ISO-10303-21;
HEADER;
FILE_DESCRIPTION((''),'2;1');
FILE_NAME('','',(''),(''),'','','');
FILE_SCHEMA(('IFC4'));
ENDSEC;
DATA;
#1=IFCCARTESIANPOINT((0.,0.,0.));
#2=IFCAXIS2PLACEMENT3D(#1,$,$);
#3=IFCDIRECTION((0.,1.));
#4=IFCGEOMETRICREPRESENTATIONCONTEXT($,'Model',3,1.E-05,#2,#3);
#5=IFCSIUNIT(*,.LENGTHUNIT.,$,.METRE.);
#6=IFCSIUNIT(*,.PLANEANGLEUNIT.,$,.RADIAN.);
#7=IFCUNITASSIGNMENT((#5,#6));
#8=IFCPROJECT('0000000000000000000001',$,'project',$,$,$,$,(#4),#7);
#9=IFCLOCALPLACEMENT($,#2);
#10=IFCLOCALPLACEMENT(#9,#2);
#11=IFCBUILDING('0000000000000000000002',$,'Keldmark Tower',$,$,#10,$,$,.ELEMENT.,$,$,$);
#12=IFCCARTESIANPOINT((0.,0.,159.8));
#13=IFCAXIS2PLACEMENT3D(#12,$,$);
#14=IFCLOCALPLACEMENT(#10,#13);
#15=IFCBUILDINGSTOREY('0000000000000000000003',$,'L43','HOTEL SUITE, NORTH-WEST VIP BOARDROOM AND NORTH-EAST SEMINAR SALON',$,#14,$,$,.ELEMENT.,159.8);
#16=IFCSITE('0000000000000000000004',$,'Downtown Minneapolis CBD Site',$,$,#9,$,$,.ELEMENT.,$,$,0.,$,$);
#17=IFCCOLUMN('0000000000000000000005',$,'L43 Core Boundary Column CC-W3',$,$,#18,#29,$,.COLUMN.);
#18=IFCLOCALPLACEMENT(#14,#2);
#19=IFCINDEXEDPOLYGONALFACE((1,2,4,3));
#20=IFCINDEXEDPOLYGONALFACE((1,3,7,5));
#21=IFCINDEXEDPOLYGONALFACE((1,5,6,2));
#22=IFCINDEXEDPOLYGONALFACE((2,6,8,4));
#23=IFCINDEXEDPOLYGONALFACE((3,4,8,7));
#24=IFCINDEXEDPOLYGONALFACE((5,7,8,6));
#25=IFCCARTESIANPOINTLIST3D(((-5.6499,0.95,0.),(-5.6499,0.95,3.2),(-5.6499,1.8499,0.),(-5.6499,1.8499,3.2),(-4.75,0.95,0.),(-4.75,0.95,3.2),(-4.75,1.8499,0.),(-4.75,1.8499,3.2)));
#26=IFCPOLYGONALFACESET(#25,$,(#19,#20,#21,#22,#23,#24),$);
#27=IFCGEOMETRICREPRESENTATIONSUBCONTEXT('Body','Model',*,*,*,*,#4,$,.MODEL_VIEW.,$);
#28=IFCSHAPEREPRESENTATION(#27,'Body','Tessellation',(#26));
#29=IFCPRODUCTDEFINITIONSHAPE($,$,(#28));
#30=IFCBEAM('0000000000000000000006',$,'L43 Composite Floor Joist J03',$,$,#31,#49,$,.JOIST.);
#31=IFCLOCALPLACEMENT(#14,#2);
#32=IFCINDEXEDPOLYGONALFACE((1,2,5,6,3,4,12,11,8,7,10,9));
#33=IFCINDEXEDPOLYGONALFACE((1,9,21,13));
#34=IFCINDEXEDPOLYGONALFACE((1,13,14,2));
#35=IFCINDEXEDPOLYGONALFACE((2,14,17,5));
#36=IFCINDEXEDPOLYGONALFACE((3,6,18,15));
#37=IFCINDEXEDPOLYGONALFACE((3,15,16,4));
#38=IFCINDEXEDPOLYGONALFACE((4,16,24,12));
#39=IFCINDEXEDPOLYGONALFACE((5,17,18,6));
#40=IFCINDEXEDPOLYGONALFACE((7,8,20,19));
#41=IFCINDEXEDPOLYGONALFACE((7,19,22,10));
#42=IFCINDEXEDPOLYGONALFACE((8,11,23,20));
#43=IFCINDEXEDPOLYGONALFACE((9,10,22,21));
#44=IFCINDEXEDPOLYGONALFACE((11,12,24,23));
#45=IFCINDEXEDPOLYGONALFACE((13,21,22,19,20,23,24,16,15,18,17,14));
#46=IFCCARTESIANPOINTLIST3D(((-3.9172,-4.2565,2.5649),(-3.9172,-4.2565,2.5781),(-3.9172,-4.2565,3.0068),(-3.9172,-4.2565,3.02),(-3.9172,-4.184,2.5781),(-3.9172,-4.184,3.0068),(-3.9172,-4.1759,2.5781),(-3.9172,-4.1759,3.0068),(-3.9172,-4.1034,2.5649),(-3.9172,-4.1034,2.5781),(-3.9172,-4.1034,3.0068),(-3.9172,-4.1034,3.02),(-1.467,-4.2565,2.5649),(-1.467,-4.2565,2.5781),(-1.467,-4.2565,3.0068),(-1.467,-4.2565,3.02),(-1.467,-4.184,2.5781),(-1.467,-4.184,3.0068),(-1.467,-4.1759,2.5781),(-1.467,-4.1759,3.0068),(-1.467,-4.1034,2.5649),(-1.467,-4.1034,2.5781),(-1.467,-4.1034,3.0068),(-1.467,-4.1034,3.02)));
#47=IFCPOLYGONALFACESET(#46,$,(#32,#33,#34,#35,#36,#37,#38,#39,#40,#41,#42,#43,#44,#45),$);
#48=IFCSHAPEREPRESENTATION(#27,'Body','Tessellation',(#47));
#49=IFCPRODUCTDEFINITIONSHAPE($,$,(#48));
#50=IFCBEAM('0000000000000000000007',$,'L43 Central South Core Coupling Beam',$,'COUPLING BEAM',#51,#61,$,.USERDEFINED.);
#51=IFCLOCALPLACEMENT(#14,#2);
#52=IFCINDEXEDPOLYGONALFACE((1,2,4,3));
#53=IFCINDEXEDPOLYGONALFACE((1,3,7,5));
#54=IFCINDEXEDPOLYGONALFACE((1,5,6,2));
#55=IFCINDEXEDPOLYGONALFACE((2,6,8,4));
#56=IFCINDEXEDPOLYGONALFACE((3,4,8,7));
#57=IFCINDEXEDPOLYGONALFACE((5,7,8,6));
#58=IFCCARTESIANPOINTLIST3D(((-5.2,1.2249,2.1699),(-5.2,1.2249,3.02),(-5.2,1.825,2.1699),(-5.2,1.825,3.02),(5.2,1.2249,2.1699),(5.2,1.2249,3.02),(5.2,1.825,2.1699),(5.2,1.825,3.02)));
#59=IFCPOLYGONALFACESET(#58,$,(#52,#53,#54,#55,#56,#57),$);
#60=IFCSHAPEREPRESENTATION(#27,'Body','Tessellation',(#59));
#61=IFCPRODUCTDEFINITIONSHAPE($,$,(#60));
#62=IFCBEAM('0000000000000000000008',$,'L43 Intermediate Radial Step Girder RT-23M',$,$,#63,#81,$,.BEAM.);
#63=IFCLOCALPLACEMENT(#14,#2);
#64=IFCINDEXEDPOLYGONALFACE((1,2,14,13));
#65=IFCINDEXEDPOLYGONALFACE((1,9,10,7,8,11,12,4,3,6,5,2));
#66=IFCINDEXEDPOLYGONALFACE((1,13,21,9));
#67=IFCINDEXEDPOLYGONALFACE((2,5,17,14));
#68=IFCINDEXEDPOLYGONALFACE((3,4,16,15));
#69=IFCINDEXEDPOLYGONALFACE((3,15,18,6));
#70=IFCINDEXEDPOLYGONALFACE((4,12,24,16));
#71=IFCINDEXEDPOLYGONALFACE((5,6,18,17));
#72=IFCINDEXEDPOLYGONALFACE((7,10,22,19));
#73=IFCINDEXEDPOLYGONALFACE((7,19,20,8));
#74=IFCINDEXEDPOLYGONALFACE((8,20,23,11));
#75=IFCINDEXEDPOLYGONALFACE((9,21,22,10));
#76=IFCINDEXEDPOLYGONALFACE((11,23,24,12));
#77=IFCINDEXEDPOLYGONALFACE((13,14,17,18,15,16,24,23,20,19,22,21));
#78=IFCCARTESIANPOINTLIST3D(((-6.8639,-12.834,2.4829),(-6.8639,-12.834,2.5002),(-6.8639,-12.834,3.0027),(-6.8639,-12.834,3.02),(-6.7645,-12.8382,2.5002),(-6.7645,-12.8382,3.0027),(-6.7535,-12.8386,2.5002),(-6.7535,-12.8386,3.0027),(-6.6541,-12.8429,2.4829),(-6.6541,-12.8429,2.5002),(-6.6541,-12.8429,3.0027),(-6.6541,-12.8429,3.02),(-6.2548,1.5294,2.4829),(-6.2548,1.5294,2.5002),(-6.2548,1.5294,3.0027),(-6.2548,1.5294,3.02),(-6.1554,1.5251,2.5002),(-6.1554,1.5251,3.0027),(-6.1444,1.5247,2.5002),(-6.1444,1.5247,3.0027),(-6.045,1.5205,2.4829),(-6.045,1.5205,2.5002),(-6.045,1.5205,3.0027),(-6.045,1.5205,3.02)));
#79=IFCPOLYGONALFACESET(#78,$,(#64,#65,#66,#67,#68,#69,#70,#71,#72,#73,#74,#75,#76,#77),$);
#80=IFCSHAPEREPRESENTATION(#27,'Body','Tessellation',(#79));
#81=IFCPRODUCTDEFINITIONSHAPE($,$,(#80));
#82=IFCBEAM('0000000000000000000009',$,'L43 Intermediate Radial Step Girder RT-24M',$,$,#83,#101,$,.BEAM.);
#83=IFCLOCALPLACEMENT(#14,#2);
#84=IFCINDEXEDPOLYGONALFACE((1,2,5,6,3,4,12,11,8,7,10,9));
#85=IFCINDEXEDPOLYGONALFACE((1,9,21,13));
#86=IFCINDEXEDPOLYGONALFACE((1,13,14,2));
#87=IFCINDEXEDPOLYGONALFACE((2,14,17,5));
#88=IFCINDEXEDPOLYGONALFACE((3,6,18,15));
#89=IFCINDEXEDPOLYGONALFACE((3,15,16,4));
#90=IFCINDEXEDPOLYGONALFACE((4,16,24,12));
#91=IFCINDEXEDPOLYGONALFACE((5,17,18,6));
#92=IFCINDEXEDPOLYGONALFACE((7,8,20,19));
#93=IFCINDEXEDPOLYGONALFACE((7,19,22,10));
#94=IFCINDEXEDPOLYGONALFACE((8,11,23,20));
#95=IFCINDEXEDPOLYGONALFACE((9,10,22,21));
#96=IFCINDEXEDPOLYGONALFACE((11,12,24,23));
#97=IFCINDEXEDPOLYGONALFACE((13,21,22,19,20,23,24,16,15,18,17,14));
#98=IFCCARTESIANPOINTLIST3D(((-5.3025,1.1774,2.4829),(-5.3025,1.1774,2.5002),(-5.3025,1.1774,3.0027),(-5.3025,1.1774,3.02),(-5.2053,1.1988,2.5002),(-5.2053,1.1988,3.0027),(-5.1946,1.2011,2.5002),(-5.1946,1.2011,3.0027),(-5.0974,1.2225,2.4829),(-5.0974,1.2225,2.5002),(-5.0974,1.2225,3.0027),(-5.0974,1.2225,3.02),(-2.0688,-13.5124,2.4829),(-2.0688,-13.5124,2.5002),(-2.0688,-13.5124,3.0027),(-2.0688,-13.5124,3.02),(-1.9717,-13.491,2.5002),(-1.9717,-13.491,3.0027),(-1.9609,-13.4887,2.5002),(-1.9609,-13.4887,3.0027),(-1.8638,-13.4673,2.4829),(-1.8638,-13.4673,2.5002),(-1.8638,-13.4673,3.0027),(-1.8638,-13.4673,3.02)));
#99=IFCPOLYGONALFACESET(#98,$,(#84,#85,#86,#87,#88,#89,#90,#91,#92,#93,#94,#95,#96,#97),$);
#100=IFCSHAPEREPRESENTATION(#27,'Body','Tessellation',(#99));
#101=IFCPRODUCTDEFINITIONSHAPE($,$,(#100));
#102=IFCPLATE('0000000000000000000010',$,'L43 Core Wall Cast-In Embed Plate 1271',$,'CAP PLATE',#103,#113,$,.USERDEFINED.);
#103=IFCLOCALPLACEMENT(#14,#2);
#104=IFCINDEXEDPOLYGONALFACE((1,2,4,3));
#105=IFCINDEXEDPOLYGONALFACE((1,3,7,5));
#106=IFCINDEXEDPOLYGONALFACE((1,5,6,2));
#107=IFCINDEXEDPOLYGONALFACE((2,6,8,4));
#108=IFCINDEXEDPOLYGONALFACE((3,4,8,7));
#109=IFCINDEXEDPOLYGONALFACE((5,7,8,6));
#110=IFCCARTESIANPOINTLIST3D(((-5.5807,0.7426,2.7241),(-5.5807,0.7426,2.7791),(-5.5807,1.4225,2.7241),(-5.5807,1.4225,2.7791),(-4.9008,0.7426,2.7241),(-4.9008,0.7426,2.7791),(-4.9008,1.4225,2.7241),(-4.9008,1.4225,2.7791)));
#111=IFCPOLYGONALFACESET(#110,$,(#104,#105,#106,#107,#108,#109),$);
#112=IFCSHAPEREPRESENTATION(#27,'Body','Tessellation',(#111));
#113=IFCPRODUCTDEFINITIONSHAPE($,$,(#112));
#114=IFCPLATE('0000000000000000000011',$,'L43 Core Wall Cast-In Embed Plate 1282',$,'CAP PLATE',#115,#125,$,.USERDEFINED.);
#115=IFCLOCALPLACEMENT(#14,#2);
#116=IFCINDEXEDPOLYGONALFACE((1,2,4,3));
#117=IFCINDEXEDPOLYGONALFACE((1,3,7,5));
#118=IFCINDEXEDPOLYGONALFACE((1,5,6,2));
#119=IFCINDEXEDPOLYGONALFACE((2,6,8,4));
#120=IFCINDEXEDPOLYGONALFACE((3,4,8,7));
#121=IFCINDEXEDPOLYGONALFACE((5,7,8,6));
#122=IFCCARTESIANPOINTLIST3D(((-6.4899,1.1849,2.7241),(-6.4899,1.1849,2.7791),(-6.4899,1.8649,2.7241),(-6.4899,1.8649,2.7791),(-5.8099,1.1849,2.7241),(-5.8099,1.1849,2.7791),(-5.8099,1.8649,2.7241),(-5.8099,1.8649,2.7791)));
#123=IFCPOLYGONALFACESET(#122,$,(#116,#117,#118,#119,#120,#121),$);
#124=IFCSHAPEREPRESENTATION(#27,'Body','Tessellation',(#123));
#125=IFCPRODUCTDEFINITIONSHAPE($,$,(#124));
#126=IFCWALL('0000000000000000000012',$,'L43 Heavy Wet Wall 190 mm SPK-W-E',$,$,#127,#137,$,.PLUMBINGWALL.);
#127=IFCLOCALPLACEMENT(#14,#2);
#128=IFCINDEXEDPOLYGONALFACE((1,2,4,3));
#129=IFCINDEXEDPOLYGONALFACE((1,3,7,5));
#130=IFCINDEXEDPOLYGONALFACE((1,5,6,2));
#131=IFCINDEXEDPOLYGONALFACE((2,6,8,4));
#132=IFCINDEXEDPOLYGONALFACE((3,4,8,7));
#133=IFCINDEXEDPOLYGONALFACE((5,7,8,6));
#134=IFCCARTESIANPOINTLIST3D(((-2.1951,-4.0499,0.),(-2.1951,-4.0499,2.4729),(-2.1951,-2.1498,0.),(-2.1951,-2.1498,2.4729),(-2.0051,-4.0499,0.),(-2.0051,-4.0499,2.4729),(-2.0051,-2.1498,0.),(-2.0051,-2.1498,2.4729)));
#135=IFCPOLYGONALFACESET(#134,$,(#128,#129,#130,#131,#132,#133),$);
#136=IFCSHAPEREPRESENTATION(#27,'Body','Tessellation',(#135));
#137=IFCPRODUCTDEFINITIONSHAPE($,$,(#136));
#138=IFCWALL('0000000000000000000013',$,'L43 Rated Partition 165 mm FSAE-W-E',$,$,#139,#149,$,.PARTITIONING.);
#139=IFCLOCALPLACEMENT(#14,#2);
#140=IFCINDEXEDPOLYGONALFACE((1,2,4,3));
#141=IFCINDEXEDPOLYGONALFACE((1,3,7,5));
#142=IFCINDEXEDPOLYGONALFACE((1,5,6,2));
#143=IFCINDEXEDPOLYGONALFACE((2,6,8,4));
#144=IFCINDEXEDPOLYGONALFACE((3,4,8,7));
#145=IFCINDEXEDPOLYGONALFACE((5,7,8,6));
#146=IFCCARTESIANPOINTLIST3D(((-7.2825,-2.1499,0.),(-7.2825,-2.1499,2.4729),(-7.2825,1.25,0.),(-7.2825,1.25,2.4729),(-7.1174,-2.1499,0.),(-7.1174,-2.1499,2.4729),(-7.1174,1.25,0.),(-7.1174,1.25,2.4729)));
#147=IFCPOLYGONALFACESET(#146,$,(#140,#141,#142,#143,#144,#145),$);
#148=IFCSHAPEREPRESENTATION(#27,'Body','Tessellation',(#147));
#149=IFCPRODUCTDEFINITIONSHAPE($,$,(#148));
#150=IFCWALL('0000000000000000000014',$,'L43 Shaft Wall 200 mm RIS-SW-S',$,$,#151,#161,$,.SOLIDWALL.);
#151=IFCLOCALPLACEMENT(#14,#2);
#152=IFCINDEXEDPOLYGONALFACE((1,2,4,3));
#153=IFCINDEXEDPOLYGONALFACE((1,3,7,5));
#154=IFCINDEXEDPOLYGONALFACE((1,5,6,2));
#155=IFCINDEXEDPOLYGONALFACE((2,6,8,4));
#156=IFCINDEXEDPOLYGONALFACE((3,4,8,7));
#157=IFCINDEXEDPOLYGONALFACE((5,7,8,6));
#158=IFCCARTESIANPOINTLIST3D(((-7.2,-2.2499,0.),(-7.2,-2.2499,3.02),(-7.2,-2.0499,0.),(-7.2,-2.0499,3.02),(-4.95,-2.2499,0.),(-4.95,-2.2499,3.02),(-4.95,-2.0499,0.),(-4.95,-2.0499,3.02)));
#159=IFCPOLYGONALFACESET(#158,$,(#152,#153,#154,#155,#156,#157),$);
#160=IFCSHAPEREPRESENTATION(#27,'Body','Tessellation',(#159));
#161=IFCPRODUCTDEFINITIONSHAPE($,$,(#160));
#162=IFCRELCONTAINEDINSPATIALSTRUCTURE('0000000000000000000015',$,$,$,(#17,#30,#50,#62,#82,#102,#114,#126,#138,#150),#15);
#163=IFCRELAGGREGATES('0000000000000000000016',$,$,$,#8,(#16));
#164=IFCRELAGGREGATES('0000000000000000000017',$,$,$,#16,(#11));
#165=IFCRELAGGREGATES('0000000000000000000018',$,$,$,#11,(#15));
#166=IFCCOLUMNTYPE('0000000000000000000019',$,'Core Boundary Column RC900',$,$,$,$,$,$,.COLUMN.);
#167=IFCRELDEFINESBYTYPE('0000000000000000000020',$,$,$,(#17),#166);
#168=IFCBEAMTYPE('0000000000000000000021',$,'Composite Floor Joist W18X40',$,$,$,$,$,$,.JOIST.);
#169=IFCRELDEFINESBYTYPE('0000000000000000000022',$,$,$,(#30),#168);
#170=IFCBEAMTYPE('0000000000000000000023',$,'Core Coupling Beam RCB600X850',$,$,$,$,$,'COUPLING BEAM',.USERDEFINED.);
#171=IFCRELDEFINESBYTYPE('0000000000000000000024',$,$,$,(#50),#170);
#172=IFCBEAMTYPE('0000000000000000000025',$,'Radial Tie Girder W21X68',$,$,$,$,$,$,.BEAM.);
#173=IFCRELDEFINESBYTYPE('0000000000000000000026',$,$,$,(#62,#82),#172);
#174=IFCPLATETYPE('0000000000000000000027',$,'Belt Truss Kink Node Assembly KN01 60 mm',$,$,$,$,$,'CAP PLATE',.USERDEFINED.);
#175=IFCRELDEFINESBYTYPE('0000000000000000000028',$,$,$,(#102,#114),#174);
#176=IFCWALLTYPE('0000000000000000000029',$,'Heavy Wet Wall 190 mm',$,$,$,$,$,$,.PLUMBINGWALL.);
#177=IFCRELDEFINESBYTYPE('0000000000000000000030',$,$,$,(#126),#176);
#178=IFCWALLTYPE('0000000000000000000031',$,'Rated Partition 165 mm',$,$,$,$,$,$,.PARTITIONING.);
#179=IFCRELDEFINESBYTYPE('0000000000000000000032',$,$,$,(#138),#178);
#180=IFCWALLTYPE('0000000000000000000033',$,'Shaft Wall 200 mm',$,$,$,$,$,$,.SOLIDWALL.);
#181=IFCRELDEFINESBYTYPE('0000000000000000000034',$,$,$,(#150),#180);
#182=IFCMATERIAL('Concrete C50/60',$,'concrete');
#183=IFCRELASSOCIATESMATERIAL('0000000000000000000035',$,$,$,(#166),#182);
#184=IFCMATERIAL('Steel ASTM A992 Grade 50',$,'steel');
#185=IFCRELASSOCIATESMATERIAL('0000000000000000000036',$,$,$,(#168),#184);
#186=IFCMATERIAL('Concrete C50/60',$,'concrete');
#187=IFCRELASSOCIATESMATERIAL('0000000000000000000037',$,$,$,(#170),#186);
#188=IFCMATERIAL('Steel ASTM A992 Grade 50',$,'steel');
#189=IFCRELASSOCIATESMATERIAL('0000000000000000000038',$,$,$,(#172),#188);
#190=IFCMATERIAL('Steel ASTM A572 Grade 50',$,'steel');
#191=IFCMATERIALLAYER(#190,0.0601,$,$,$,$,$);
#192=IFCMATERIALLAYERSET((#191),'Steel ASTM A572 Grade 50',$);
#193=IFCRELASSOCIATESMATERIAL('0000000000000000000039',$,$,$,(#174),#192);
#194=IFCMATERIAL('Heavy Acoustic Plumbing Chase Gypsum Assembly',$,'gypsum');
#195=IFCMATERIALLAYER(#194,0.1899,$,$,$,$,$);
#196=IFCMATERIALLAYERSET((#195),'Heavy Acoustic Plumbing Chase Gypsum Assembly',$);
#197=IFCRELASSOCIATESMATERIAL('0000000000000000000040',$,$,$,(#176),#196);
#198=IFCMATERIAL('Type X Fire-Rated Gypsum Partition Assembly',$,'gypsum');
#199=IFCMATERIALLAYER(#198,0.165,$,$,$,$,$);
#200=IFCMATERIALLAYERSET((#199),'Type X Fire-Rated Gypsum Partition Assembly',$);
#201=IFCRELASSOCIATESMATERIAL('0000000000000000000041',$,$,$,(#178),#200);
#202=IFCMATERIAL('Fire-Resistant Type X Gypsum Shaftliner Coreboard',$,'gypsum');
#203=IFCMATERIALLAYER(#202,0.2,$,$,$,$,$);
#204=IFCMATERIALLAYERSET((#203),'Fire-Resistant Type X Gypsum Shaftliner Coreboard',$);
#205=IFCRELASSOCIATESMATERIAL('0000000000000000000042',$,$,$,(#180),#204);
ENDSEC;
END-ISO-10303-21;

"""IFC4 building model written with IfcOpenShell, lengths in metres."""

from ifc_helpers import new_model, si_unit, direction, frame, frame_2d, origin, origin_2d, place, context, subcontext, project, spatial, rectangle, i_section, extrude, material, layer, layer_set, material_profile, profile_set, type_object, element, save


model = new_model("IFC4")

# Units and contexts
model_context = context("Model", 3, precision=1e-05, world=origin(), true_north=direction((0.0, 1.0)))
body_context = subcontext(model_context, "Body", "Model", "MODEL_VIEW")
ifc_project = project(units=[si_unit("LENGTHUNIT", "METRE"), si_unit("PLANEANGLEUNIT", "RADIAN")], contexts=[model_context])

# Site, building, storey
site_placement = place(None, origin())
site = spatial("IfcSite", under=ifc_project, at=site_placement, Name="Downtown Minneapolis CBD Site", CompositionType="ELEMENT", RefElevation=0.0)
building_placement = place(site_placement, origin())
building = spatial("IfcBuilding", under=site, at=building_placement, Name="Keldmark Tower", CompositionType="ELEMENT")
storey_placement = place(building_placement, frame((0.0, 0.0, 159.8)))
storey = spatial("IfcBuildingStorey", under=building, at=storey_placement, Name="L43", Description="HOTEL SUITE, NORTH-WEST VIP BOARDROOM AND NORTH-EAST SEMINAR SALON", CompositionType="ELEMENT", Elevation=159.8)

# Column
ifc_material_1 = material(Name="Concrete C50/60", Category="concrete")
ifc_material_profile_1 = material_profile(ifc_material_1, rectangle(XDim=0.8999, YDim=0.8999, at=origin_2d()), Name="RC900X900")
ifc_profile_set_1 = profile_set([ifc_material_profile_1], Name="Concrete C50/60")
column_type = type_object("IfcColumnType", Name="Core Boundary Column RC900", PredefinedType="COLUMN", material=ifc_profile_set_1)
column_placement = place(storey_placement, frame((-5.2, 1.3999, 0.0), z_axis=(0.0, 0.0, 1.0), x_axis=(1.0, 0.0, 0.0)))
element("IfcColumn", 1, at=column_placement, inside=storey, type_object=column_type, Name="L43 Core Boundary Column CC-W3", PredefinedType="COLUMN", context=body_context, shape_type="SweptSolid", body=[
    extrude(rectangle(XDim=0.8999, YDim=0.8999, at=origin_2d()), origin(), (0.0, 0.0, 1.0), 3.2),
])

# Beams
ifc_material_2 = material(Name="Steel ASTM A992 Grade 50", Category="steel")
ifc_material_profile_2 = material_profile(ifc_material_2, i_section(OverallWidth=0.1531, OverallDepth=0.4551, WebThickness=0.0081, FlangeThickness=0.0132, at=origin_2d()), Name="W18X40")
ifc_profile_set_2 = profile_set([ifc_material_profile_2], Name="Steel ASTM A992 Grade 50")
beam_type_1 = type_object("IfcBeamType", Name="Composite Floor Joist W18X40", PredefinedType="JOIST", material=ifc_profile_set_2)
beam_1_placement = place(storey_placement, frame((-3.9172, -4.1799, 2.7925), z_axis=(1.0, 0.0, 0.0), x_axis=(0.0, 1.0, 0.0)))
element("IfcBeam", 2, at=beam_1_placement, inside=storey, type_object=beam_type_1, Name="L43 Composite Floor Joist J03", PredefinedType="JOIST", context=body_context, shape_type="SweptSolid", body=[
    extrude(i_section(OverallWidth=0.1531, OverallDepth=0.4551, WebThickness=0.0081, FlangeThickness=0.0132, at=origin_2d()), origin(), (0.0, 0.0, 1.0), 2.4502),
])
ifc_material_3 = material(Name="Concrete C50/60", Category="concrete")
ifc_material_profile_3 = material_profile(ifc_material_3, rectangle(XDim=0.6001, YDim=0.8501, at=origin_2d()), Name="RCB600X850")
ifc_profile_set_3 = profile_set([ifc_material_profile_3], Name="Concrete C50/60")
beam_type_2 = type_object("IfcBeamType", Name="Core Coupling Beam RCB600X850", ElementType="COUPLING BEAM", PredefinedType="USERDEFINED", material=ifc_profile_set_3)
beam_2_placement = place(storey_placement, frame((-5.2, 1.5249, 2.595), z_axis=(1.0, 0.0, 0.0), x_axis=(0.0, 1.0, 0.0)))
element("IfcBeam", 3, at=beam_2_placement, inside=storey, type_object=beam_type_2, Name="L43 Central South Core Coupling Beam", ObjectType="COUPLING BEAM", PredefinedType="USERDEFINED", context=body_context, shape_type="SweptSolid", body=[
    extrude(rectangle(XDim=0.6001, YDim=0.8501, at=origin_2d()), origin(), (0.0, 0.0, 1.0), 10.3999),
])
ifc_material_4 = material(Name="Steel ASTM A992 Grade 50", Category="steel")
ifc_material_profile_4 = material_profile(ifc_material_4, i_section(OverallWidth=0.21, OverallDepth=0.5371, WebThickness=0.011, FlangeThickness=0.0173, at=origin_2d()), Name="W21X68")
ifc_profile_set_4 = profile_set([ifc_material_profile_4], Name="Steel ASTM A992 Grade 50")
beam_type_3 = type_object("IfcBeamType", Name="Radial Tie Girder W21X68", PredefinedType="BEAM", material=ifc_profile_set_4)
beam_3_placement = place(storey_placement, frame((-6.1499, 1.5249, 2.7515), z_axis=(-0.042371, -0.999102, 0.0), x_axis=(0.999102, -0.042371, 0.0)))
element("IfcBeam", 4, at=beam_3_placement, inside=storey, type_object=beam_type_3, Name="L43 Intermediate Radial Step Girder RT-23M", PredefinedType="BEAM", context=body_context, shape_type="SweptSolid", body=[
    extrude(i_section(OverallWidth=0.21, OverallDepth=0.5371, WebThickness=0.011, FlangeThickness=0.0173, at=origin_2d()), origin(), (0.0, 0.0, 1.0), 14.3762),
])
beam_4_placement = place(storey_placement, frame((-5.2, 1.2, 2.7515), z_axis=(0.214983, -0.976618, 0.0), x_axis=(0.976618, 0.214983, 0.0)))
element("IfcBeam", 5, at=beam_4_placement, inside=storey, type_object=beam_type_3, Name="L43 Intermediate Radial Step Girder RT-24M", PredefinedType="BEAM", context=body_context, shape_type="SweptSolid", body=[
    extrude(i_section(OverallWidth=0.21, OverallDepth=0.5371, WebThickness=0.011, FlangeThickness=0.0173, at=origin_2d()), origin(), (0.0, 0.0, 1.0), 15.0415),
])

# Plates
ifc_material_5 = material(Name="Steel ASTM A572 Grade 50", Category="steel")
ifc_layer_1 = layer(ifc_material_5, 0.0601)
ifc_layer_set_1 = layer_set([ifc_layer_1], Name="Steel ASTM A572 Grade 50")
plate_type = type_object("IfcPlateType", Name="Belt Truss Kink Node Assembly KN01 60 mm", ElementType="CAP PLATE", PredefinedType="USERDEFINED", material=ifc_layer_set_1)
for number, where, z_axis, x_axis, name in (
    (6, (-5.2407, 1.0825, 2.7241), (0.0, 0.0, 1.0), (1.0, 0.0, 0.0), "L43 Core Wall Cast-In Embed Plate 1271"),
    (7, (-6.1499, 1.5249, 2.7241), (0.0, 0.0, 1.0), (1.0, 0.0, 0.0), "L43 Core Wall Cast-In Embed Plate 1282"),
):
    element("IfcPlate", number, at=place(storey_placement, frame(where, z_axis=z_axis, x_axis=x_axis)), inside=storey, type_object=plate_type, Name=name, ObjectType="CAP PLATE", PredefinedType="USERDEFINED", context=body_context, shape_type="SweptSolid", body=[
        extrude(rectangle(XDim=0.6799, YDim=0.6799, at=origin_2d()), origin(), (0.0, 0.0, 1.0), 0.0549),
    ])

# Walls
ifc_material_6 = material(Name="Heavy Acoustic Plumbing Chase Gypsum Assembly", Category="gypsum")
ifc_layer_2 = layer(ifc_material_6, 0.1899)
ifc_layer_set_2 = layer_set([ifc_layer_2], Name="Heavy Acoustic Plumbing Chase Gypsum Assembly")
wall_type_1 = type_object("IfcWallType", Name="Heavy Wet Wall 190 mm", PredefinedType="PLUMBINGWALL", material=ifc_layer_set_2)
wall_1_placement = place(storey_placement, frame((-2.1001, -4.05, 0.0), z_axis=(0.0, 0.0, 1.0), x_axis=(0.0, 1.0, 0.0)))
element("IfcWall", 8, at=wall_1_placement, inside=storey, type_object=wall_type_1, Name="L43 Heavy Wet Wall 190 mm SPK-W-E", PredefinedType="PLUMBINGWALL", context=body_context, shape_type="SweptSolid", body=[
    extrude(rectangle(XDim=1.9001, YDim=0.1899, at=frame_2d((0.9502, 0.0))), origin(), (0.0, 0.0, 1.0), 2.4729),
])
ifc_material_7 = material(Name="Type X Fire-Rated Gypsum Partition Assembly", Category="gypsum")
ifc_layer_3 = layer(ifc_material_7, 0.165)
ifc_layer_set_3 = layer_set([ifc_layer_3], Name="Type X Fire-Rated Gypsum Partition Assembly")
wall_type_2 = type_object("IfcWallType", Name="Rated Partition 165 mm", PredefinedType="PARTITIONING", material=ifc_layer_set_3)
wall_2_placement = place(storey_placement, frame((-7.2, -2.1499, 0.0), z_axis=(0.0, 0.0, 1.0), x_axis=(0.0, 1.0, 0.0)))
element("IfcWall", 9, at=wall_2_placement, inside=storey, type_object=wall_type_2, Name="L43 Rated Partition 165 mm FSAE-W-E", PredefinedType="PARTITIONING", context=body_context, shape_type="SweptSolid", body=[
    extrude(rectangle(XDim=3.3999, YDim=0.165, at=frame_2d((1.7, 0.0))), origin(), (0.0, 0.0, 1.0), 2.4729),
])
ifc_material_8 = material(Name="Fire-Resistant Type X Gypsum Shaftliner Coreboard", Category="gypsum")
ifc_layer_4 = layer(ifc_material_8, 0.2)
ifc_layer_set_4 = layer_set([ifc_layer_4], Name="Fire-Resistant Type X Gypsum Shaftliner Coreboard")
wall_type_3 = type_object("IfcWallType", Name="Shaft Wall 200 mm", PredefinedType="SOLIDWALL", material=ifc_layer_set_4)
wall_3_placement = place(storey_placement, frame((-7.2, -2.1499, 0.0), z_axis=(0.0, 0.0, 1.0), x_axis=(1.0, 0.0, 0.0)))
element("IfcWall", 10, at=wall_3_placement, inside=storey, type_object=wall_type_3, Name="L43 Shaft Wall 200 mm RIS-SW-S", PredefinedType="SOLIDWALL", context=body_context, shape_type="SweptSolid", body=[
    extrude(rectangle(XDim=2.25, YDim=0.2, at=frame_2d((1.125, 0.0))), origin(), (0.0, 0.0, 1.0), 3.02),
])

save(model, "model.ifc")
